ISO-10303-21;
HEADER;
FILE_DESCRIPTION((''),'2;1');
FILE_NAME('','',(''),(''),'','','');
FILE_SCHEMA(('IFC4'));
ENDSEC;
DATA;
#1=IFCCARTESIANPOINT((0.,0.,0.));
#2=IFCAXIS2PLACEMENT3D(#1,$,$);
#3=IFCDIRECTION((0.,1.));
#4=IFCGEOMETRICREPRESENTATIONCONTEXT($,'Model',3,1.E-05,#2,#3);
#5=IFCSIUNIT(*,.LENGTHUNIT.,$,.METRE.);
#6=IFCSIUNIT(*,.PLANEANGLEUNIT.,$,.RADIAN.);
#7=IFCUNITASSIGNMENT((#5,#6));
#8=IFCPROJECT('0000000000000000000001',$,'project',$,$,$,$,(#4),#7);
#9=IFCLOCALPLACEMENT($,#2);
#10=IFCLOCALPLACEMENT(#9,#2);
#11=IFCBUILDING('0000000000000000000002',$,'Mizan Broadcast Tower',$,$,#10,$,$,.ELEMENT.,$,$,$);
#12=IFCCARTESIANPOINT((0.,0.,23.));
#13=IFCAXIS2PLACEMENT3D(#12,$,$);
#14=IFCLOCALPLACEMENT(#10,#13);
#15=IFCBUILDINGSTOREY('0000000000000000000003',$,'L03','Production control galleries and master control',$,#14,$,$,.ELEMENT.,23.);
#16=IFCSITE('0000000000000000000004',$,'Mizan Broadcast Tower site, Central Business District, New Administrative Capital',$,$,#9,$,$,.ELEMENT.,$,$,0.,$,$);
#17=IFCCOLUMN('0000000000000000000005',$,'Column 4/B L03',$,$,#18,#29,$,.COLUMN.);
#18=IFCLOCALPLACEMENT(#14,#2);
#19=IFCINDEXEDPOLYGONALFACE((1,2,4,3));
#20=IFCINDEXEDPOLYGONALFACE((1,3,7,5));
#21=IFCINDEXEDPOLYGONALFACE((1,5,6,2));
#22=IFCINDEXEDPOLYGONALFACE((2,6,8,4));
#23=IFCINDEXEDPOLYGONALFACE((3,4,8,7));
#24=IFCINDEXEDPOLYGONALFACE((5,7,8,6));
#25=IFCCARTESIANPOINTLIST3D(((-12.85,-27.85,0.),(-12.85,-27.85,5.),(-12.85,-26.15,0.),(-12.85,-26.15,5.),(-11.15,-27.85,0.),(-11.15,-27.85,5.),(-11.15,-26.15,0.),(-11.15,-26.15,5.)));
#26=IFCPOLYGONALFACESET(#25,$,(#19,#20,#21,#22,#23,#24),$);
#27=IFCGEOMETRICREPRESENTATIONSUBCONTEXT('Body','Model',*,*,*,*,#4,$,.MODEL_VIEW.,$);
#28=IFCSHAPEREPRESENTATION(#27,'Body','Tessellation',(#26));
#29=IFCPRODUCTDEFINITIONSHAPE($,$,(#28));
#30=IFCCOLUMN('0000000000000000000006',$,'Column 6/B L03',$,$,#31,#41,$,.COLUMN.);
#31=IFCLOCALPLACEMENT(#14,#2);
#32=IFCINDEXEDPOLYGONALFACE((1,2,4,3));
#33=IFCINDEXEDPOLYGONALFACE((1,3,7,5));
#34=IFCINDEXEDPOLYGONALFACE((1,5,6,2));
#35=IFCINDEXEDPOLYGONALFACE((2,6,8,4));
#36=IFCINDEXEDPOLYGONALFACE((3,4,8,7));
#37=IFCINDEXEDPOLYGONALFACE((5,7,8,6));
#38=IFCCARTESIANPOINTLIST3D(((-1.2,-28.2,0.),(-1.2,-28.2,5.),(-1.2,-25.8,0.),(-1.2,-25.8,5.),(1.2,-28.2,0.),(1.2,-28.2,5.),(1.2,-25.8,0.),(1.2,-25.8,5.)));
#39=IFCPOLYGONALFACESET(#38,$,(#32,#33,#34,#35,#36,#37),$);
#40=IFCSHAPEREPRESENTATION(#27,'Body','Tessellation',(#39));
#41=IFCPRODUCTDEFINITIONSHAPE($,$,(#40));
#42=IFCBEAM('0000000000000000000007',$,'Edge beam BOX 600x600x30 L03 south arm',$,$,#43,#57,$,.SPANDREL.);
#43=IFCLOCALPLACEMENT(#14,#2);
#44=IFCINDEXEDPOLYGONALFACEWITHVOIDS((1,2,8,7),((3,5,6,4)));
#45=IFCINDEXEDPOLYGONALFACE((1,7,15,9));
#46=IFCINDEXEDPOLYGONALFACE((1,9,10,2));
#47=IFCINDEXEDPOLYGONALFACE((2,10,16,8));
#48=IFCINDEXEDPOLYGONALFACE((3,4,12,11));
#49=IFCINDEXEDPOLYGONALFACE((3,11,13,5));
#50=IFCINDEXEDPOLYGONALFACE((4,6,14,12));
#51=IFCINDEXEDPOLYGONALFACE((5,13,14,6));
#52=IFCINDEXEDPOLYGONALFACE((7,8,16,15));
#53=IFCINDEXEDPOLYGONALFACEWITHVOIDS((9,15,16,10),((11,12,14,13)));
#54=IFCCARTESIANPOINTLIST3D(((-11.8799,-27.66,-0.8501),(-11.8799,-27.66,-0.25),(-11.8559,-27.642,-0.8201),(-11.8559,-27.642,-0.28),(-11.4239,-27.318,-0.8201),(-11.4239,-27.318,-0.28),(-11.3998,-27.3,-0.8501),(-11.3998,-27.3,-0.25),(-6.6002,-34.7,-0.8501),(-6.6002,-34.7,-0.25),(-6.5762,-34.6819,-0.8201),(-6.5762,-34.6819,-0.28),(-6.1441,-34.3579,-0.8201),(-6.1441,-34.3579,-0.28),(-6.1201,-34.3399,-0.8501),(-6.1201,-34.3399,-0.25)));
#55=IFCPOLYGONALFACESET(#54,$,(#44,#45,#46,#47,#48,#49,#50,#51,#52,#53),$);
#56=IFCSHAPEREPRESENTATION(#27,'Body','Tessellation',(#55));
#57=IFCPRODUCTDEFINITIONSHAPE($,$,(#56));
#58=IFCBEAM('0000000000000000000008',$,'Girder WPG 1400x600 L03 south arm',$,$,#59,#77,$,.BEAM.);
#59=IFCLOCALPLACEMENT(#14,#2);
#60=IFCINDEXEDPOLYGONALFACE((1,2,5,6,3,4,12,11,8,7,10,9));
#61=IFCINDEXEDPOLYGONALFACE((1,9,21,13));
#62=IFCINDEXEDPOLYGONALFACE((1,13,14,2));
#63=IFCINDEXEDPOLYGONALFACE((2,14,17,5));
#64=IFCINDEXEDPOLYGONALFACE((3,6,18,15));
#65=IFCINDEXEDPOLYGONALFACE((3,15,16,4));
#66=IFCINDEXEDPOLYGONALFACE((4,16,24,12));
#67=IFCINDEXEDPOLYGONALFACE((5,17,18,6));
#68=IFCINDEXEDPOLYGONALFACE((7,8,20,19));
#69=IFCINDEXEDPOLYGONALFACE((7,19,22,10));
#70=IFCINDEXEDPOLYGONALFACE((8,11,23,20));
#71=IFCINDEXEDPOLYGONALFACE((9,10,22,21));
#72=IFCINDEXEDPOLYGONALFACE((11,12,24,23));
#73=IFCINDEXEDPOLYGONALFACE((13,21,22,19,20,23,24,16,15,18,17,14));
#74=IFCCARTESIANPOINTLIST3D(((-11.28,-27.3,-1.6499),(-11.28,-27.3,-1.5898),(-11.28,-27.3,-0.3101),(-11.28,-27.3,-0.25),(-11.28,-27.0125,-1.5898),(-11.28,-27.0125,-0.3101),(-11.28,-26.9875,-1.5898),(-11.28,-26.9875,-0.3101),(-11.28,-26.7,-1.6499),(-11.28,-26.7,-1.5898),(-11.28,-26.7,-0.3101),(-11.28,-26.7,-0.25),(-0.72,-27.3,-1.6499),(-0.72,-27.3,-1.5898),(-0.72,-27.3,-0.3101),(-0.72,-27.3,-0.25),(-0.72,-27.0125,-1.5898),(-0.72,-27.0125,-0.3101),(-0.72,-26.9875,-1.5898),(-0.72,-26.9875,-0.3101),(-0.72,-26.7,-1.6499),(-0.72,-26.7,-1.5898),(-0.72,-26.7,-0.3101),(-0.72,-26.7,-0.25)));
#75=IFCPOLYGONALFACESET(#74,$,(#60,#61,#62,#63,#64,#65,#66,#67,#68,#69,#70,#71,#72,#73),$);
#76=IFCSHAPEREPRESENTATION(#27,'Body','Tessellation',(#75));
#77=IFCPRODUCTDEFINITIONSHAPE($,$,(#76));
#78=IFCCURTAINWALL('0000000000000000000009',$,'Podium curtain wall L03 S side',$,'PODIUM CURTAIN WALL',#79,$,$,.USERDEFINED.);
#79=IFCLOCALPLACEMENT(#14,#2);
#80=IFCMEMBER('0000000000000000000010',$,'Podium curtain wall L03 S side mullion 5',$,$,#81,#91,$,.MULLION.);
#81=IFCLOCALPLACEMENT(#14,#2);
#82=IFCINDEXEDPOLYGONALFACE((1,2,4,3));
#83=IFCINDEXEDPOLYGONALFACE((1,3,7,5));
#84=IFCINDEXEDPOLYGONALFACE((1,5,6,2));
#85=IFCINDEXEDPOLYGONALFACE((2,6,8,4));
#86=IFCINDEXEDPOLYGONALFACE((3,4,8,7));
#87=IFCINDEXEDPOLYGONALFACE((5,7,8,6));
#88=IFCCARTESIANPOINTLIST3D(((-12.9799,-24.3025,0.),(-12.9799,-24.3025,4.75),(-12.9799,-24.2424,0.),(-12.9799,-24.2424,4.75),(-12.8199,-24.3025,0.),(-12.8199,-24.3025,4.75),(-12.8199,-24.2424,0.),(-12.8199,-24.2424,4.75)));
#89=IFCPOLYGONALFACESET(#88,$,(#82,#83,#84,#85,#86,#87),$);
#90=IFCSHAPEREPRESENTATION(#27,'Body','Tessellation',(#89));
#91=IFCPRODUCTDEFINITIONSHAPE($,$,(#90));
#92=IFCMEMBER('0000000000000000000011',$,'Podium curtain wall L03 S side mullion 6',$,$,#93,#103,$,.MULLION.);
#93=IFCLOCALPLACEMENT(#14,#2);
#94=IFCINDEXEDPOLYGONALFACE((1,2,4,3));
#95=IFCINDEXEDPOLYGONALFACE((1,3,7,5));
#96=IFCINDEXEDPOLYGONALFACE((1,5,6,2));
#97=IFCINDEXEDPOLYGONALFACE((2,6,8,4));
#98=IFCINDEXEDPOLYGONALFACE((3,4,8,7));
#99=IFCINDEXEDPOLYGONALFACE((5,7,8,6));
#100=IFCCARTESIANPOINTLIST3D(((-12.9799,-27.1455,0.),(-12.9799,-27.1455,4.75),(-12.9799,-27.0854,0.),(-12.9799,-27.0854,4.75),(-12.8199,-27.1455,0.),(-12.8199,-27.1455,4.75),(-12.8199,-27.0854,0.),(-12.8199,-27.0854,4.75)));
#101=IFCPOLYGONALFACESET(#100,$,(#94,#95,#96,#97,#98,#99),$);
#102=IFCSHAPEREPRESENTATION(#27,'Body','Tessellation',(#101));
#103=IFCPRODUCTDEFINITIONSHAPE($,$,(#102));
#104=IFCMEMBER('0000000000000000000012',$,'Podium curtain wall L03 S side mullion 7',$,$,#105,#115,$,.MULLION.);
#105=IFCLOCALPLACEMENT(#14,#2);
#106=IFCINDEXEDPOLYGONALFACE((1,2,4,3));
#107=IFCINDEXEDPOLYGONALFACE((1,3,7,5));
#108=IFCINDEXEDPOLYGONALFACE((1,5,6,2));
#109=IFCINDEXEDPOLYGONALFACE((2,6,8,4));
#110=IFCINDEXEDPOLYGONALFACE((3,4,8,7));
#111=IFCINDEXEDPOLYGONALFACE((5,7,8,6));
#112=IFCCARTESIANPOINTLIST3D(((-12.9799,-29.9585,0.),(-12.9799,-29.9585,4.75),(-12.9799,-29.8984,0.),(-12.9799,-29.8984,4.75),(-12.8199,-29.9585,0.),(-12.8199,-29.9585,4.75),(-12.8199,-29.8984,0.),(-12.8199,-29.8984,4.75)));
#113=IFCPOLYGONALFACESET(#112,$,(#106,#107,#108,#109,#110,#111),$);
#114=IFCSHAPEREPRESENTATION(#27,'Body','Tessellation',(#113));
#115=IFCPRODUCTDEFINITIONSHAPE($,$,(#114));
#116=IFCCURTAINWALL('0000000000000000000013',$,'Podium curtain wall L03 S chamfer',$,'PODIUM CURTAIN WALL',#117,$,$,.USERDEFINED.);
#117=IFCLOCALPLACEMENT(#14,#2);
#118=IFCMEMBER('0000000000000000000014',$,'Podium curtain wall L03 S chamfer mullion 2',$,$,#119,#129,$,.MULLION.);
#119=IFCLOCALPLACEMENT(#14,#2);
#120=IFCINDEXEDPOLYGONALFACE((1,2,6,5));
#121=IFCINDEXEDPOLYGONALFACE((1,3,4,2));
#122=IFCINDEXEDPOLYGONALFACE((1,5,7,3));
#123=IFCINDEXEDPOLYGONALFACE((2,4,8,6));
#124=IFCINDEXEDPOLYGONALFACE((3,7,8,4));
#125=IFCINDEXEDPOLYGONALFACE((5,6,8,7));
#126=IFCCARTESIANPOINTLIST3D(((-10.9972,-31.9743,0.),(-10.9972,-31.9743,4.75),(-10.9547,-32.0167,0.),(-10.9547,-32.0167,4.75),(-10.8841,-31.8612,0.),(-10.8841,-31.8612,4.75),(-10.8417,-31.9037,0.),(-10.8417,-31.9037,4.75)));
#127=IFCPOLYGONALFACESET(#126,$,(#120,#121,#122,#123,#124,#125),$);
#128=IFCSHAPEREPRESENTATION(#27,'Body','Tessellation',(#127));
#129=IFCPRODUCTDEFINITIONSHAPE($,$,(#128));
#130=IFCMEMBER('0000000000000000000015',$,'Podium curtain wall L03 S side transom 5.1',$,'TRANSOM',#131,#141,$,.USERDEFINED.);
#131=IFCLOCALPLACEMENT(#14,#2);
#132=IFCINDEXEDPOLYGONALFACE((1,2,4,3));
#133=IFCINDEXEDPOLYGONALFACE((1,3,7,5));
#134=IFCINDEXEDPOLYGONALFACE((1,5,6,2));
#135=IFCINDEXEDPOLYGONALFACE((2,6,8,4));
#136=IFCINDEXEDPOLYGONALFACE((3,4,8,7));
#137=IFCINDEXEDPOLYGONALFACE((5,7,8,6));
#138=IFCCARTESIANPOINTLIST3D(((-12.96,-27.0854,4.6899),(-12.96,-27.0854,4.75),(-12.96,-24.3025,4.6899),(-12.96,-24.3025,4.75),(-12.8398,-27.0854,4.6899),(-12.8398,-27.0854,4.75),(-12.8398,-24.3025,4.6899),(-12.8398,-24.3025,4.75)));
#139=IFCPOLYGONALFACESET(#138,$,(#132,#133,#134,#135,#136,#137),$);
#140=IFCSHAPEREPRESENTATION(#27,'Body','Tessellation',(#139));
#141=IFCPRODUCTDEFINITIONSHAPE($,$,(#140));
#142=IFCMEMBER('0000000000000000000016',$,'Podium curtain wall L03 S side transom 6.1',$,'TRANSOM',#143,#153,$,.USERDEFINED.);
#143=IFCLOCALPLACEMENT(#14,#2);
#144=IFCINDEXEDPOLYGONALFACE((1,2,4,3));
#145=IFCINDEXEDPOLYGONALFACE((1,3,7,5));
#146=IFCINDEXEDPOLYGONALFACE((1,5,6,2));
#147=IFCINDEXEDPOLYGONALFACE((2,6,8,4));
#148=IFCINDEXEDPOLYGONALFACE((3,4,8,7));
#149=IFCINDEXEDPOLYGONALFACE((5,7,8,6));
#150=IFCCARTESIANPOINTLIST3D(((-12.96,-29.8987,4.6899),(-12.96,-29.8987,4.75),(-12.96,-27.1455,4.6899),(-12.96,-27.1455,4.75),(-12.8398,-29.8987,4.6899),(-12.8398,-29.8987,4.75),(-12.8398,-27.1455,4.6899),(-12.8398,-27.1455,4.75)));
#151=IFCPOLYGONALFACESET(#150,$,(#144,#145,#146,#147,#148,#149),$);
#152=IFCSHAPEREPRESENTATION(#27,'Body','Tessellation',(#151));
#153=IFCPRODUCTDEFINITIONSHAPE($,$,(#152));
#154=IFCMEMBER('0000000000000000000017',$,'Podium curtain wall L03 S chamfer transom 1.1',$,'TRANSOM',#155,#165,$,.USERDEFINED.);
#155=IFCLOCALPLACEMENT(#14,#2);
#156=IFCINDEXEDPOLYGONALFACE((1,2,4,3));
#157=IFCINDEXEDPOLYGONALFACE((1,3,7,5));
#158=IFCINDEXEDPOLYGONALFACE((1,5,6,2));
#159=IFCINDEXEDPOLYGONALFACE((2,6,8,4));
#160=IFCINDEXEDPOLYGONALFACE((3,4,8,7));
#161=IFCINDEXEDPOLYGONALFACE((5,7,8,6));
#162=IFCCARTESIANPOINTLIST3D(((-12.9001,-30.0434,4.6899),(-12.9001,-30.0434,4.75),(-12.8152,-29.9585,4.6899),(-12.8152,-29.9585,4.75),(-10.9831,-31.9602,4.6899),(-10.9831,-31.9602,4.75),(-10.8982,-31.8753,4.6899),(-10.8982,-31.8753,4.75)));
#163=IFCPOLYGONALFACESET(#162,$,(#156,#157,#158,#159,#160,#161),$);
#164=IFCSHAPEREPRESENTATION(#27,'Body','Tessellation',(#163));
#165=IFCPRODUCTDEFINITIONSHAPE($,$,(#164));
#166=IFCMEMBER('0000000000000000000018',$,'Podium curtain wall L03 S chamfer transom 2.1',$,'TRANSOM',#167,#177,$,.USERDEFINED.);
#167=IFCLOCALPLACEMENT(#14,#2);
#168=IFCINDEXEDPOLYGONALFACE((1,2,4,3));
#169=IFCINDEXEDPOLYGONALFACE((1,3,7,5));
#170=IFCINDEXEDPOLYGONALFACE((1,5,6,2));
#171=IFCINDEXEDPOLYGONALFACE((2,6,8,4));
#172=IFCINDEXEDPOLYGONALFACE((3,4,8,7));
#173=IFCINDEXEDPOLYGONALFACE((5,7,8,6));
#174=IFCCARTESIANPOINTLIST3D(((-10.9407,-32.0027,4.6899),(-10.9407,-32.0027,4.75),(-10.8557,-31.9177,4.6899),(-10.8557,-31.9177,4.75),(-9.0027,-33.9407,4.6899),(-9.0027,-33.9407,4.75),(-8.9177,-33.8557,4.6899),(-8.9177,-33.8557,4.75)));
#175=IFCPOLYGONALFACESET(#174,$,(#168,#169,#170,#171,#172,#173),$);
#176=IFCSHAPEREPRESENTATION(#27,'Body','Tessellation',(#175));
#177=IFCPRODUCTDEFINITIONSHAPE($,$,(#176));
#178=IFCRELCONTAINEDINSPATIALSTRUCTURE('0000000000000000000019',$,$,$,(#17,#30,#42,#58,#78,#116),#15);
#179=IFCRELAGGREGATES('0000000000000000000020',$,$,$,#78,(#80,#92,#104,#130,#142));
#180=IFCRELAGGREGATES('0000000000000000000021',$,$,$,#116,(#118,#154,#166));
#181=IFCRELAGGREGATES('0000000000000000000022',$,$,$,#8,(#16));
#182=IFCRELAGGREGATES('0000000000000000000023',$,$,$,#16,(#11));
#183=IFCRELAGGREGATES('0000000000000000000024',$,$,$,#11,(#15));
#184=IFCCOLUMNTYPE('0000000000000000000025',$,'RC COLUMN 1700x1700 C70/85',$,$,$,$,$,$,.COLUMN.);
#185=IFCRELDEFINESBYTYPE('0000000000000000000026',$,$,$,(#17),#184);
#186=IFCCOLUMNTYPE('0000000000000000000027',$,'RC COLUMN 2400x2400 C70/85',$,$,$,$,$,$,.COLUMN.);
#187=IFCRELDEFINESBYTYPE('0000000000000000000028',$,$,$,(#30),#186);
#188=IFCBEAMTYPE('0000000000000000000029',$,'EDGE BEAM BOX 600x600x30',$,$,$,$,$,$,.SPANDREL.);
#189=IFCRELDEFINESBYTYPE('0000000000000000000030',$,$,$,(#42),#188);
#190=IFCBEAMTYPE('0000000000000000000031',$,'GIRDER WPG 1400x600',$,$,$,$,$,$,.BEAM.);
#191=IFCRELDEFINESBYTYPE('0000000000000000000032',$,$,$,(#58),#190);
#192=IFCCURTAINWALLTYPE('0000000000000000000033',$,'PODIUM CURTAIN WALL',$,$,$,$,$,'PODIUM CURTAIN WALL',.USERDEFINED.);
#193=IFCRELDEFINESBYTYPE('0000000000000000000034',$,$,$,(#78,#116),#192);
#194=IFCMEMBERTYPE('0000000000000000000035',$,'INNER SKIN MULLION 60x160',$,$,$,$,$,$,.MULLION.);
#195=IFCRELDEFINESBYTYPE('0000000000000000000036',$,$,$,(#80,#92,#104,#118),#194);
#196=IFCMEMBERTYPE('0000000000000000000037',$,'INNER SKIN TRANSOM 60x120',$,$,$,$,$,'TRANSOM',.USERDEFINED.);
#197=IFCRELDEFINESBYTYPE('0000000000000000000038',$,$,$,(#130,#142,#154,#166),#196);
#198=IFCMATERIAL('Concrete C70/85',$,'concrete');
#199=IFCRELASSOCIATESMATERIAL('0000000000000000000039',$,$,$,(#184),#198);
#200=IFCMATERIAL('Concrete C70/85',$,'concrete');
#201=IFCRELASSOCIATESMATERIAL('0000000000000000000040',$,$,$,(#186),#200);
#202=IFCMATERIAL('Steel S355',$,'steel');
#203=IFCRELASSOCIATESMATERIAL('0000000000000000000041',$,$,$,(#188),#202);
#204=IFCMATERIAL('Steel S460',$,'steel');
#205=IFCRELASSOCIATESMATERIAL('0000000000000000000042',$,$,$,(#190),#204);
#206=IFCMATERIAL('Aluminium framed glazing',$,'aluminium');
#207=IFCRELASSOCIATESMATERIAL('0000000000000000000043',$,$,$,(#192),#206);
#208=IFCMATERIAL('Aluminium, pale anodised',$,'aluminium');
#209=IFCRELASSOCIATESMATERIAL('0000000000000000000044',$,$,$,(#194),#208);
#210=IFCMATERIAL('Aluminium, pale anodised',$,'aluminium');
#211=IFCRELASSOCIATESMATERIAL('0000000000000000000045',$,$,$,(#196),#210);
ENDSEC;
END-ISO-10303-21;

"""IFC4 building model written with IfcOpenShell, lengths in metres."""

from ifc_helpers import new_model, si_unit, direction, frame, origin, origin_2d, place, context, subcontext, project, spatial, rectangle, hollow_rectangle, i_section, extrude, material, material_profile, profile_set, type_object, element, aggregate, save


model = new_model("IFC4")

# Units and contexts
model_context = context("Model", 3, precision=1e-05, world=origin(), true_north=direction((0.0, 1.0)))
body_context = subcontext(model_context, "Body", "Model", "MODEL_VIEW")
ifc_project = project(units=[si_unit("LENGTHUNIT", "METRE"), si_unit("PLANEANGLEUNIT", "RADIAN")], contexts=[model_context])

# Site, building, storey
site_placement = place(None, origin())
site = spatial("IfcSite", under=ifc_project, at=site_placement, Name="Mizan Broadcast Tower site, Central Business District, New Administrative Capital", CompositionType="ELEMENT", RefElevation=0.0)
building_placement = place(site_placement, origin())
building = spatial("IfcBuilding", under=site, at=building_placement, Name="Mizan Broadcast Tower", CompositionType="ELEMENT")
storey_placement = place(building_placement, frame((0.0, 0.0, 23.0)))
storey = spatial("IfcBuildingStorey", under=building, at=storey_placement, Name="L03", Description="Production control galleries and master control", CompositionType="ELEMENT", Elevation=23.0)

# Columns
ifc_material_1 = material(Name="Concrete C70/85", Category="concrete")
ifc_material_profile_1 = material_profile(ifc_material_1, rectangle(XDim=1.7, YDim=1.7, at=origin_2d()), Name="RC 1700x1700")
ifc_profile_set_1 = profile_set([ifc_material_profile_1], Name="Concrete C70/85")
column_type_1 = type_object("IfcColumnType", Name="RC COLUMN 1700x1700 C70/85", PredefinedType="COLUMN", material=ifc_profile_set_1)
column_1_placement = place(storey_placement, frame((-12.0, -27.0, 0.0), z_axis=(0.0, 0.0, 1.0), x_axis=(1.0, 0.0, 0.0)))
element("IfcColumn", 1, at=column_1_placement, inside=storey, type_object=column_type_1, Name="Column 4/B L03", PredefinedType="COLUMN", context=body_context, shape_type="SweptSolid", body=[
    extrude(rectangle(XDim=1.7, YDim=1.7, at=origin_2d()), origin(), (0.0, 0.0, 1.0), 5.0),
])
ifc_material_2 = material(Name="Concrete C70/85", Category="concrete")
ifc_material_profile_2 = material_profile(ifc_material_2, rectangle(XDim=2.3999, YDim=2.3999, at=origin_2d()), Name="RC 2400x2400")
ifc_profile_set_2 = profile_set([ifc_material_profile_2], Name="Concrete C70/85")
column_type_2 = type_object("IfcColumnType", Name="RC COLUMN 2400x2400 C70/85", PredefinedType="COLUMN", material=ifc_profile_set_2)
column_2_placement = place(storey_placement, frame((0.0, -27.0, 0.0), z_axis=(0.0, 0.0, 1.0), x_axis=(1.0, 0.0, 0.0)))
element("IfcColumn", 2, at=column_2_placement, inside=storey, type_object=column_type_2, Name="Column 6/B L03", PredefinedType="COLUMN", context=body_context, shape_type="SweptSolid", body=[
    extrude(rectangle(XDim=2.3999, YDim=2.3999, at=origin_2d()), origin(), (0.0, 0.0, 1.0), 5.0),
])

# Beams
ifc_material_3 = material(Name="Steel S355", Category="steel")
ifc_material_profile_3 = material_profile(ifc_material_3, hollow_rectangle(XDim=0.6001, YDim=0.6001, WallThickness=0.03, at=origin_2d()), Name="BOX 600x600x30")
ifc_profile_set_3 = profile_set([ifc_material_profile_3], Name="Steel S355")
beam_type_1 = type_object("IfcBeamType", Name="EDGE BEAM BOX 600x600x30", PredefinedType="SPANDREL", material=ifc_profile_set_3)
beam_1_placement = place(storey_placement, frame((-11.6399, -27.48, -0.55), z_axis=(0.599982, -0.800013, 0.0), x_axis=(0.800013, 0.599982, 0.0)))
element("IfcBeam", 3, at=beam_1_placement, inside=storey, type_object=beam_type_1, Name="Edge beam BOX 600x600x30 L03 south arm", PredefinedType="SPANDREL", context=body_context, shape_type="SweptSolid", body=[
    extrude(hollow_rectangle(XDim=0.6001, YDim=0.6001, WallThickness=0.03, at=origin_2d()), origin(), (0.0, 0.0, 1.0), 8.7998),
])
ifc_material_4 = material(Name="Steel S460", Category="steel")
ifc_material_profile_4 = material_profile(ifc_material_4, i_section(OverallWidth=0.6001, OverallDepth=1.3999, WebThickness=0.0249, FlangeThickness=0.0601, at=origin_2d()), Name="WPG 1400x600")
ifc_profile_set_4 = profile_set([ifc_material_profile_4], Name="Steel S460")
beam_type_2 = type_object("IfcBeamType", Name="GIRDER WPG 1400x600", PredefinedType="BEAM", material=ifc_profile_set_4)
beam_2_placement = place(storey_placement, frame((-11.28, -27.0, -0.95), z_axis=(1.0, 0.0, 0.0), x_axis=(0.0, 1.0, 0.0)))
element("IfcBeam", 4, at=beam_2_placement, inside=storey, type_object=beam_type_2, Name="Girder WPG 1400x600 L03 south arm", PredefinedType="BEAM", context=body_context, shape_type="SweptSolid", body=[
    extrude(i_section(OverallWidth=0.6001, OverallDepth=1.3999, WebThickness=0.0249, FlangeThickness=0.0601, at=origin_2d()), origin(), (0.0, 0.0, 1.0), 10.5601),
])

# Curtain wall, members
ifc_material_5 = material(Name="Aluminium framed glazing", Category="aluminium")
curtain_wall_type_1 = type_object("IfcCurtainWallType", Name="PODIUM CURTAIN WALL", ElementType="PODIUM CURTAIN WALL", PredefinedType="USERDEFINED", material=ifc_material_5)
curtain_wall_1_placement = place(storey_placement, origin())
curtain_wall_1 = element("IfcCurtainWall", 5, at=curtain_wall_1_placement, inside=storey, type_object=curtain_wall_type_1, Name="Podium curtain wall L03 S side", ObjectType="PODIUM CURTAIN WALL", PredefinedType="USERDEFINED")
ifc_material_6 = material(Name="Aluminium, pale anodised", Category="aluminium")
ifc_material_profile_5 = material_profile(ifc_material_6, rectangle(XDim=0.1599, YDim=0.0601, at=origin_2d()), Name="MULLION 160x60")
ifc_profile_set_5 = profile_set([ifc_material_profile_5], Name="Aluminium, pale anodised")
member_type_1 = type_object("IfcMemberType", Name="INNER SKIN MULLION 60x160", PredefinedType="MULLION", material=ifc_profile_set_5)
member_1_placement = place(storey_placement, frame((-12.8999, -24.2725, 0.0), z_axis=(0.0, 0.0, 1.0), x_axis=(1.0, 0.0, 0.0)))
member_1 = element("IfcMember", 6, at=member_1_placement, type_object=member_type_1, Name="Podium curtain wall L03 S side mullion 5", PredefinedType="MULLION", context=body_context, shape_type="SweptSolid", body=[
    extrude(rectangle(XDim=0.1599, YDim=0.0601, at=origin_2d()), origin(), (0.0, 0.0, 1.0), 4.75),
])
member_2_placement = place(storey_placement, frame((-12.8999, -27.1155, 0.0), z_axis=(0.0, 0.0, 1.0), x_axis=(1.0, 0.0, 0.0)))
member_2 = element("IfcMember", 7, at=member_2_placement, type_object=member_type_1, Name="Podium curtain wall L03 S side mullion 6", PredefinedType="MULLION", context=body_context, shape_type="SweptSolid", body=[
    extrude(rectangle(XDim=0.1599, YDim=0.0601, at=origin_2d()), origin(), (0.0, 0.0, 1.0), 4.75),
])
member_3_placement = place(storey_placement, frame((-12.8999, -29.9285, 0.0), z_axis=(0.0, 0.0, 1.0), x_axis=(1.0, 0.0, 0.0)))
member_3 = element("IfcMember", 8, at=member_3_placement, type_object=member_type_1, Name="Podium curtain wall L03 S side mullion 7", PredefinedType="MULLION", context=body_context, shape_type="SweptSolid", body=[
    extrude(rectangle(XDim=0.1599, YDim=0.0601, at=origin_2d()), origin(), (0.0, 0.0, 1.0), 4.75),
])

# Curtain wall, member
curtain_wall_2_placement = place(storey_placement, origin())
curtain_wall_2 = element("IfcCurtainWall", 9, at=curtain_wall_2_placement, inside=storey, type_object=curtain_wall_type_1, Name="Podium curtain wall L03 S chamfer", ObjectType="PODIUM CURTAIN WALL", PredefinedType="USERDEFINED")
member_4_placement = place(storey_placement, frame((-10.9194, -31.939, 0.0), z_axis=(0.0, 0.0, 1.0), x_axis=(0.707107, 0.707107, 0.0)))
member_4 = element("IfcMember", 10, at=member_4_placement, type_object=member_type_1, Name="Podium curtain wall L03 S chamfer mullion 2", PredefinedType="MULLION", context=body_context, shape_type="SweptSolid", body=[
    extrude(rectangle(XDim=0.1599, YDim=0.0601, at=origin_2d()), origin(), (0.0, 0.0, 1.0), 4.75),
])

# Members
ifc_material_7 = material(Name="Aluminium, pale anodised", Category="aluminium")
ifc_material_profile_6 = material_profile(ifc_material_7, rectangle(XDim=0.1201, YDim=0.0601, at=origin_2d()), Name="TRANSOM 120x60")
ifc_profile_set_6 = profile_set([ifc_material_profile_6], Name="Aluminium, pale anodised")
member_type_2 = type_object("IfcMemberType", Name="INNER SKIN TRANSOM 60x120", ElementType="TRANSOM", PredefinedType="USERDEFINED", material=ifc_profile_set_6)
member_5_placement = place(storey_placement, frame((-12.8999, -24.3025, 4.72), z_axis=(0.0, -1.0, 0.0), x_axis=(1.0, 0.0, 0.0)))
member_5 = element("IfcMember", 11, at=member_5_placement, type_object=member_type_2, Name="Podium curtain wall L03 S side transom 5.1", ObjectType="TRANSOM", PredefinedType="USERDEFINED", context=body_context, shape_type="SweptSolid", body=[
    extrude(rectangle(XDim=0.1201, YDim=0.0601, at=origin_2d()), origin(), (0.0, 0.0, 1.0), 2.783),
])
member_6_placement = place(storey_placement, frame((-12.8999, -27.1455, 4.72), z_axis=(0.0, -1.0, 0.0), x_axis=(1.0, 0.0, 0.0)))
member_6 = element("IfcMember", 12, at=member_6_placement, type_object=member_type_2, Name="Podium curtain wall L03 S side transom 6.1", ObjectType="TRANSOM", PredefinedType="USERDEFINED", context=body_context, shape_type="SweptSolid", body=[
    extrude(rectangle(XDim=0.1201, YDim=0.0601, at=origin_2d()), origin(), (0.0, 0.0, 1.0), 2.7532),
])
member_7_placement = place(storey_placement, frame((-12.8577, -30.001, 4.72), z_axis=(0.707152, -0.707062, 0.0), x_axis=(0.707062, 0.707152, 0.0)))
member_7 = element("IfcMember", 13, at=member_7_placement, type_object=member_type_2, Name="Podium curtain wall L03 S chamfer transom 1.1", ObjectType="TRANSOM", PredefinedType="USERDEFINED", context=body_context, shape_type="SweptSolid", body=[
    extrude(rectangle(XDim=0.1201, YDim=0.0601, at=origin_2d()), origin(), (0.0, 0.0, 1.0), 2.7109),
])
member_8_placement = place(storey_placement, frame((-10.8982, -31.9602, 4.72), z_axis=(0.707107, -0.707107, 0.0), x_axis=(0.707107, 0.707107, 0.0)))
member_8 = element("IfcMember", 14, at=member_8_placement, type_object=member_type_2, Name="Podium curtain wall L03 S chamfer transom 2.1", ObjectType="TRANSOM", PredefinedType="USERDEFINED", context=body_context, shape_type="SweptSolid", body=[
    extrude(rectangle(XDim=0.1201, YDim=0.0601, at=origin_2d()), origin(), (0.0, 0.0, 1.0), 2.7407),
])

aggregate(curtain_wall_1, [member_1, member_2, member_3, member_5, member_6])
aggregate(curtain_wall_2, [member_4, member_7, member_8])

save(model, "model.ifc")
